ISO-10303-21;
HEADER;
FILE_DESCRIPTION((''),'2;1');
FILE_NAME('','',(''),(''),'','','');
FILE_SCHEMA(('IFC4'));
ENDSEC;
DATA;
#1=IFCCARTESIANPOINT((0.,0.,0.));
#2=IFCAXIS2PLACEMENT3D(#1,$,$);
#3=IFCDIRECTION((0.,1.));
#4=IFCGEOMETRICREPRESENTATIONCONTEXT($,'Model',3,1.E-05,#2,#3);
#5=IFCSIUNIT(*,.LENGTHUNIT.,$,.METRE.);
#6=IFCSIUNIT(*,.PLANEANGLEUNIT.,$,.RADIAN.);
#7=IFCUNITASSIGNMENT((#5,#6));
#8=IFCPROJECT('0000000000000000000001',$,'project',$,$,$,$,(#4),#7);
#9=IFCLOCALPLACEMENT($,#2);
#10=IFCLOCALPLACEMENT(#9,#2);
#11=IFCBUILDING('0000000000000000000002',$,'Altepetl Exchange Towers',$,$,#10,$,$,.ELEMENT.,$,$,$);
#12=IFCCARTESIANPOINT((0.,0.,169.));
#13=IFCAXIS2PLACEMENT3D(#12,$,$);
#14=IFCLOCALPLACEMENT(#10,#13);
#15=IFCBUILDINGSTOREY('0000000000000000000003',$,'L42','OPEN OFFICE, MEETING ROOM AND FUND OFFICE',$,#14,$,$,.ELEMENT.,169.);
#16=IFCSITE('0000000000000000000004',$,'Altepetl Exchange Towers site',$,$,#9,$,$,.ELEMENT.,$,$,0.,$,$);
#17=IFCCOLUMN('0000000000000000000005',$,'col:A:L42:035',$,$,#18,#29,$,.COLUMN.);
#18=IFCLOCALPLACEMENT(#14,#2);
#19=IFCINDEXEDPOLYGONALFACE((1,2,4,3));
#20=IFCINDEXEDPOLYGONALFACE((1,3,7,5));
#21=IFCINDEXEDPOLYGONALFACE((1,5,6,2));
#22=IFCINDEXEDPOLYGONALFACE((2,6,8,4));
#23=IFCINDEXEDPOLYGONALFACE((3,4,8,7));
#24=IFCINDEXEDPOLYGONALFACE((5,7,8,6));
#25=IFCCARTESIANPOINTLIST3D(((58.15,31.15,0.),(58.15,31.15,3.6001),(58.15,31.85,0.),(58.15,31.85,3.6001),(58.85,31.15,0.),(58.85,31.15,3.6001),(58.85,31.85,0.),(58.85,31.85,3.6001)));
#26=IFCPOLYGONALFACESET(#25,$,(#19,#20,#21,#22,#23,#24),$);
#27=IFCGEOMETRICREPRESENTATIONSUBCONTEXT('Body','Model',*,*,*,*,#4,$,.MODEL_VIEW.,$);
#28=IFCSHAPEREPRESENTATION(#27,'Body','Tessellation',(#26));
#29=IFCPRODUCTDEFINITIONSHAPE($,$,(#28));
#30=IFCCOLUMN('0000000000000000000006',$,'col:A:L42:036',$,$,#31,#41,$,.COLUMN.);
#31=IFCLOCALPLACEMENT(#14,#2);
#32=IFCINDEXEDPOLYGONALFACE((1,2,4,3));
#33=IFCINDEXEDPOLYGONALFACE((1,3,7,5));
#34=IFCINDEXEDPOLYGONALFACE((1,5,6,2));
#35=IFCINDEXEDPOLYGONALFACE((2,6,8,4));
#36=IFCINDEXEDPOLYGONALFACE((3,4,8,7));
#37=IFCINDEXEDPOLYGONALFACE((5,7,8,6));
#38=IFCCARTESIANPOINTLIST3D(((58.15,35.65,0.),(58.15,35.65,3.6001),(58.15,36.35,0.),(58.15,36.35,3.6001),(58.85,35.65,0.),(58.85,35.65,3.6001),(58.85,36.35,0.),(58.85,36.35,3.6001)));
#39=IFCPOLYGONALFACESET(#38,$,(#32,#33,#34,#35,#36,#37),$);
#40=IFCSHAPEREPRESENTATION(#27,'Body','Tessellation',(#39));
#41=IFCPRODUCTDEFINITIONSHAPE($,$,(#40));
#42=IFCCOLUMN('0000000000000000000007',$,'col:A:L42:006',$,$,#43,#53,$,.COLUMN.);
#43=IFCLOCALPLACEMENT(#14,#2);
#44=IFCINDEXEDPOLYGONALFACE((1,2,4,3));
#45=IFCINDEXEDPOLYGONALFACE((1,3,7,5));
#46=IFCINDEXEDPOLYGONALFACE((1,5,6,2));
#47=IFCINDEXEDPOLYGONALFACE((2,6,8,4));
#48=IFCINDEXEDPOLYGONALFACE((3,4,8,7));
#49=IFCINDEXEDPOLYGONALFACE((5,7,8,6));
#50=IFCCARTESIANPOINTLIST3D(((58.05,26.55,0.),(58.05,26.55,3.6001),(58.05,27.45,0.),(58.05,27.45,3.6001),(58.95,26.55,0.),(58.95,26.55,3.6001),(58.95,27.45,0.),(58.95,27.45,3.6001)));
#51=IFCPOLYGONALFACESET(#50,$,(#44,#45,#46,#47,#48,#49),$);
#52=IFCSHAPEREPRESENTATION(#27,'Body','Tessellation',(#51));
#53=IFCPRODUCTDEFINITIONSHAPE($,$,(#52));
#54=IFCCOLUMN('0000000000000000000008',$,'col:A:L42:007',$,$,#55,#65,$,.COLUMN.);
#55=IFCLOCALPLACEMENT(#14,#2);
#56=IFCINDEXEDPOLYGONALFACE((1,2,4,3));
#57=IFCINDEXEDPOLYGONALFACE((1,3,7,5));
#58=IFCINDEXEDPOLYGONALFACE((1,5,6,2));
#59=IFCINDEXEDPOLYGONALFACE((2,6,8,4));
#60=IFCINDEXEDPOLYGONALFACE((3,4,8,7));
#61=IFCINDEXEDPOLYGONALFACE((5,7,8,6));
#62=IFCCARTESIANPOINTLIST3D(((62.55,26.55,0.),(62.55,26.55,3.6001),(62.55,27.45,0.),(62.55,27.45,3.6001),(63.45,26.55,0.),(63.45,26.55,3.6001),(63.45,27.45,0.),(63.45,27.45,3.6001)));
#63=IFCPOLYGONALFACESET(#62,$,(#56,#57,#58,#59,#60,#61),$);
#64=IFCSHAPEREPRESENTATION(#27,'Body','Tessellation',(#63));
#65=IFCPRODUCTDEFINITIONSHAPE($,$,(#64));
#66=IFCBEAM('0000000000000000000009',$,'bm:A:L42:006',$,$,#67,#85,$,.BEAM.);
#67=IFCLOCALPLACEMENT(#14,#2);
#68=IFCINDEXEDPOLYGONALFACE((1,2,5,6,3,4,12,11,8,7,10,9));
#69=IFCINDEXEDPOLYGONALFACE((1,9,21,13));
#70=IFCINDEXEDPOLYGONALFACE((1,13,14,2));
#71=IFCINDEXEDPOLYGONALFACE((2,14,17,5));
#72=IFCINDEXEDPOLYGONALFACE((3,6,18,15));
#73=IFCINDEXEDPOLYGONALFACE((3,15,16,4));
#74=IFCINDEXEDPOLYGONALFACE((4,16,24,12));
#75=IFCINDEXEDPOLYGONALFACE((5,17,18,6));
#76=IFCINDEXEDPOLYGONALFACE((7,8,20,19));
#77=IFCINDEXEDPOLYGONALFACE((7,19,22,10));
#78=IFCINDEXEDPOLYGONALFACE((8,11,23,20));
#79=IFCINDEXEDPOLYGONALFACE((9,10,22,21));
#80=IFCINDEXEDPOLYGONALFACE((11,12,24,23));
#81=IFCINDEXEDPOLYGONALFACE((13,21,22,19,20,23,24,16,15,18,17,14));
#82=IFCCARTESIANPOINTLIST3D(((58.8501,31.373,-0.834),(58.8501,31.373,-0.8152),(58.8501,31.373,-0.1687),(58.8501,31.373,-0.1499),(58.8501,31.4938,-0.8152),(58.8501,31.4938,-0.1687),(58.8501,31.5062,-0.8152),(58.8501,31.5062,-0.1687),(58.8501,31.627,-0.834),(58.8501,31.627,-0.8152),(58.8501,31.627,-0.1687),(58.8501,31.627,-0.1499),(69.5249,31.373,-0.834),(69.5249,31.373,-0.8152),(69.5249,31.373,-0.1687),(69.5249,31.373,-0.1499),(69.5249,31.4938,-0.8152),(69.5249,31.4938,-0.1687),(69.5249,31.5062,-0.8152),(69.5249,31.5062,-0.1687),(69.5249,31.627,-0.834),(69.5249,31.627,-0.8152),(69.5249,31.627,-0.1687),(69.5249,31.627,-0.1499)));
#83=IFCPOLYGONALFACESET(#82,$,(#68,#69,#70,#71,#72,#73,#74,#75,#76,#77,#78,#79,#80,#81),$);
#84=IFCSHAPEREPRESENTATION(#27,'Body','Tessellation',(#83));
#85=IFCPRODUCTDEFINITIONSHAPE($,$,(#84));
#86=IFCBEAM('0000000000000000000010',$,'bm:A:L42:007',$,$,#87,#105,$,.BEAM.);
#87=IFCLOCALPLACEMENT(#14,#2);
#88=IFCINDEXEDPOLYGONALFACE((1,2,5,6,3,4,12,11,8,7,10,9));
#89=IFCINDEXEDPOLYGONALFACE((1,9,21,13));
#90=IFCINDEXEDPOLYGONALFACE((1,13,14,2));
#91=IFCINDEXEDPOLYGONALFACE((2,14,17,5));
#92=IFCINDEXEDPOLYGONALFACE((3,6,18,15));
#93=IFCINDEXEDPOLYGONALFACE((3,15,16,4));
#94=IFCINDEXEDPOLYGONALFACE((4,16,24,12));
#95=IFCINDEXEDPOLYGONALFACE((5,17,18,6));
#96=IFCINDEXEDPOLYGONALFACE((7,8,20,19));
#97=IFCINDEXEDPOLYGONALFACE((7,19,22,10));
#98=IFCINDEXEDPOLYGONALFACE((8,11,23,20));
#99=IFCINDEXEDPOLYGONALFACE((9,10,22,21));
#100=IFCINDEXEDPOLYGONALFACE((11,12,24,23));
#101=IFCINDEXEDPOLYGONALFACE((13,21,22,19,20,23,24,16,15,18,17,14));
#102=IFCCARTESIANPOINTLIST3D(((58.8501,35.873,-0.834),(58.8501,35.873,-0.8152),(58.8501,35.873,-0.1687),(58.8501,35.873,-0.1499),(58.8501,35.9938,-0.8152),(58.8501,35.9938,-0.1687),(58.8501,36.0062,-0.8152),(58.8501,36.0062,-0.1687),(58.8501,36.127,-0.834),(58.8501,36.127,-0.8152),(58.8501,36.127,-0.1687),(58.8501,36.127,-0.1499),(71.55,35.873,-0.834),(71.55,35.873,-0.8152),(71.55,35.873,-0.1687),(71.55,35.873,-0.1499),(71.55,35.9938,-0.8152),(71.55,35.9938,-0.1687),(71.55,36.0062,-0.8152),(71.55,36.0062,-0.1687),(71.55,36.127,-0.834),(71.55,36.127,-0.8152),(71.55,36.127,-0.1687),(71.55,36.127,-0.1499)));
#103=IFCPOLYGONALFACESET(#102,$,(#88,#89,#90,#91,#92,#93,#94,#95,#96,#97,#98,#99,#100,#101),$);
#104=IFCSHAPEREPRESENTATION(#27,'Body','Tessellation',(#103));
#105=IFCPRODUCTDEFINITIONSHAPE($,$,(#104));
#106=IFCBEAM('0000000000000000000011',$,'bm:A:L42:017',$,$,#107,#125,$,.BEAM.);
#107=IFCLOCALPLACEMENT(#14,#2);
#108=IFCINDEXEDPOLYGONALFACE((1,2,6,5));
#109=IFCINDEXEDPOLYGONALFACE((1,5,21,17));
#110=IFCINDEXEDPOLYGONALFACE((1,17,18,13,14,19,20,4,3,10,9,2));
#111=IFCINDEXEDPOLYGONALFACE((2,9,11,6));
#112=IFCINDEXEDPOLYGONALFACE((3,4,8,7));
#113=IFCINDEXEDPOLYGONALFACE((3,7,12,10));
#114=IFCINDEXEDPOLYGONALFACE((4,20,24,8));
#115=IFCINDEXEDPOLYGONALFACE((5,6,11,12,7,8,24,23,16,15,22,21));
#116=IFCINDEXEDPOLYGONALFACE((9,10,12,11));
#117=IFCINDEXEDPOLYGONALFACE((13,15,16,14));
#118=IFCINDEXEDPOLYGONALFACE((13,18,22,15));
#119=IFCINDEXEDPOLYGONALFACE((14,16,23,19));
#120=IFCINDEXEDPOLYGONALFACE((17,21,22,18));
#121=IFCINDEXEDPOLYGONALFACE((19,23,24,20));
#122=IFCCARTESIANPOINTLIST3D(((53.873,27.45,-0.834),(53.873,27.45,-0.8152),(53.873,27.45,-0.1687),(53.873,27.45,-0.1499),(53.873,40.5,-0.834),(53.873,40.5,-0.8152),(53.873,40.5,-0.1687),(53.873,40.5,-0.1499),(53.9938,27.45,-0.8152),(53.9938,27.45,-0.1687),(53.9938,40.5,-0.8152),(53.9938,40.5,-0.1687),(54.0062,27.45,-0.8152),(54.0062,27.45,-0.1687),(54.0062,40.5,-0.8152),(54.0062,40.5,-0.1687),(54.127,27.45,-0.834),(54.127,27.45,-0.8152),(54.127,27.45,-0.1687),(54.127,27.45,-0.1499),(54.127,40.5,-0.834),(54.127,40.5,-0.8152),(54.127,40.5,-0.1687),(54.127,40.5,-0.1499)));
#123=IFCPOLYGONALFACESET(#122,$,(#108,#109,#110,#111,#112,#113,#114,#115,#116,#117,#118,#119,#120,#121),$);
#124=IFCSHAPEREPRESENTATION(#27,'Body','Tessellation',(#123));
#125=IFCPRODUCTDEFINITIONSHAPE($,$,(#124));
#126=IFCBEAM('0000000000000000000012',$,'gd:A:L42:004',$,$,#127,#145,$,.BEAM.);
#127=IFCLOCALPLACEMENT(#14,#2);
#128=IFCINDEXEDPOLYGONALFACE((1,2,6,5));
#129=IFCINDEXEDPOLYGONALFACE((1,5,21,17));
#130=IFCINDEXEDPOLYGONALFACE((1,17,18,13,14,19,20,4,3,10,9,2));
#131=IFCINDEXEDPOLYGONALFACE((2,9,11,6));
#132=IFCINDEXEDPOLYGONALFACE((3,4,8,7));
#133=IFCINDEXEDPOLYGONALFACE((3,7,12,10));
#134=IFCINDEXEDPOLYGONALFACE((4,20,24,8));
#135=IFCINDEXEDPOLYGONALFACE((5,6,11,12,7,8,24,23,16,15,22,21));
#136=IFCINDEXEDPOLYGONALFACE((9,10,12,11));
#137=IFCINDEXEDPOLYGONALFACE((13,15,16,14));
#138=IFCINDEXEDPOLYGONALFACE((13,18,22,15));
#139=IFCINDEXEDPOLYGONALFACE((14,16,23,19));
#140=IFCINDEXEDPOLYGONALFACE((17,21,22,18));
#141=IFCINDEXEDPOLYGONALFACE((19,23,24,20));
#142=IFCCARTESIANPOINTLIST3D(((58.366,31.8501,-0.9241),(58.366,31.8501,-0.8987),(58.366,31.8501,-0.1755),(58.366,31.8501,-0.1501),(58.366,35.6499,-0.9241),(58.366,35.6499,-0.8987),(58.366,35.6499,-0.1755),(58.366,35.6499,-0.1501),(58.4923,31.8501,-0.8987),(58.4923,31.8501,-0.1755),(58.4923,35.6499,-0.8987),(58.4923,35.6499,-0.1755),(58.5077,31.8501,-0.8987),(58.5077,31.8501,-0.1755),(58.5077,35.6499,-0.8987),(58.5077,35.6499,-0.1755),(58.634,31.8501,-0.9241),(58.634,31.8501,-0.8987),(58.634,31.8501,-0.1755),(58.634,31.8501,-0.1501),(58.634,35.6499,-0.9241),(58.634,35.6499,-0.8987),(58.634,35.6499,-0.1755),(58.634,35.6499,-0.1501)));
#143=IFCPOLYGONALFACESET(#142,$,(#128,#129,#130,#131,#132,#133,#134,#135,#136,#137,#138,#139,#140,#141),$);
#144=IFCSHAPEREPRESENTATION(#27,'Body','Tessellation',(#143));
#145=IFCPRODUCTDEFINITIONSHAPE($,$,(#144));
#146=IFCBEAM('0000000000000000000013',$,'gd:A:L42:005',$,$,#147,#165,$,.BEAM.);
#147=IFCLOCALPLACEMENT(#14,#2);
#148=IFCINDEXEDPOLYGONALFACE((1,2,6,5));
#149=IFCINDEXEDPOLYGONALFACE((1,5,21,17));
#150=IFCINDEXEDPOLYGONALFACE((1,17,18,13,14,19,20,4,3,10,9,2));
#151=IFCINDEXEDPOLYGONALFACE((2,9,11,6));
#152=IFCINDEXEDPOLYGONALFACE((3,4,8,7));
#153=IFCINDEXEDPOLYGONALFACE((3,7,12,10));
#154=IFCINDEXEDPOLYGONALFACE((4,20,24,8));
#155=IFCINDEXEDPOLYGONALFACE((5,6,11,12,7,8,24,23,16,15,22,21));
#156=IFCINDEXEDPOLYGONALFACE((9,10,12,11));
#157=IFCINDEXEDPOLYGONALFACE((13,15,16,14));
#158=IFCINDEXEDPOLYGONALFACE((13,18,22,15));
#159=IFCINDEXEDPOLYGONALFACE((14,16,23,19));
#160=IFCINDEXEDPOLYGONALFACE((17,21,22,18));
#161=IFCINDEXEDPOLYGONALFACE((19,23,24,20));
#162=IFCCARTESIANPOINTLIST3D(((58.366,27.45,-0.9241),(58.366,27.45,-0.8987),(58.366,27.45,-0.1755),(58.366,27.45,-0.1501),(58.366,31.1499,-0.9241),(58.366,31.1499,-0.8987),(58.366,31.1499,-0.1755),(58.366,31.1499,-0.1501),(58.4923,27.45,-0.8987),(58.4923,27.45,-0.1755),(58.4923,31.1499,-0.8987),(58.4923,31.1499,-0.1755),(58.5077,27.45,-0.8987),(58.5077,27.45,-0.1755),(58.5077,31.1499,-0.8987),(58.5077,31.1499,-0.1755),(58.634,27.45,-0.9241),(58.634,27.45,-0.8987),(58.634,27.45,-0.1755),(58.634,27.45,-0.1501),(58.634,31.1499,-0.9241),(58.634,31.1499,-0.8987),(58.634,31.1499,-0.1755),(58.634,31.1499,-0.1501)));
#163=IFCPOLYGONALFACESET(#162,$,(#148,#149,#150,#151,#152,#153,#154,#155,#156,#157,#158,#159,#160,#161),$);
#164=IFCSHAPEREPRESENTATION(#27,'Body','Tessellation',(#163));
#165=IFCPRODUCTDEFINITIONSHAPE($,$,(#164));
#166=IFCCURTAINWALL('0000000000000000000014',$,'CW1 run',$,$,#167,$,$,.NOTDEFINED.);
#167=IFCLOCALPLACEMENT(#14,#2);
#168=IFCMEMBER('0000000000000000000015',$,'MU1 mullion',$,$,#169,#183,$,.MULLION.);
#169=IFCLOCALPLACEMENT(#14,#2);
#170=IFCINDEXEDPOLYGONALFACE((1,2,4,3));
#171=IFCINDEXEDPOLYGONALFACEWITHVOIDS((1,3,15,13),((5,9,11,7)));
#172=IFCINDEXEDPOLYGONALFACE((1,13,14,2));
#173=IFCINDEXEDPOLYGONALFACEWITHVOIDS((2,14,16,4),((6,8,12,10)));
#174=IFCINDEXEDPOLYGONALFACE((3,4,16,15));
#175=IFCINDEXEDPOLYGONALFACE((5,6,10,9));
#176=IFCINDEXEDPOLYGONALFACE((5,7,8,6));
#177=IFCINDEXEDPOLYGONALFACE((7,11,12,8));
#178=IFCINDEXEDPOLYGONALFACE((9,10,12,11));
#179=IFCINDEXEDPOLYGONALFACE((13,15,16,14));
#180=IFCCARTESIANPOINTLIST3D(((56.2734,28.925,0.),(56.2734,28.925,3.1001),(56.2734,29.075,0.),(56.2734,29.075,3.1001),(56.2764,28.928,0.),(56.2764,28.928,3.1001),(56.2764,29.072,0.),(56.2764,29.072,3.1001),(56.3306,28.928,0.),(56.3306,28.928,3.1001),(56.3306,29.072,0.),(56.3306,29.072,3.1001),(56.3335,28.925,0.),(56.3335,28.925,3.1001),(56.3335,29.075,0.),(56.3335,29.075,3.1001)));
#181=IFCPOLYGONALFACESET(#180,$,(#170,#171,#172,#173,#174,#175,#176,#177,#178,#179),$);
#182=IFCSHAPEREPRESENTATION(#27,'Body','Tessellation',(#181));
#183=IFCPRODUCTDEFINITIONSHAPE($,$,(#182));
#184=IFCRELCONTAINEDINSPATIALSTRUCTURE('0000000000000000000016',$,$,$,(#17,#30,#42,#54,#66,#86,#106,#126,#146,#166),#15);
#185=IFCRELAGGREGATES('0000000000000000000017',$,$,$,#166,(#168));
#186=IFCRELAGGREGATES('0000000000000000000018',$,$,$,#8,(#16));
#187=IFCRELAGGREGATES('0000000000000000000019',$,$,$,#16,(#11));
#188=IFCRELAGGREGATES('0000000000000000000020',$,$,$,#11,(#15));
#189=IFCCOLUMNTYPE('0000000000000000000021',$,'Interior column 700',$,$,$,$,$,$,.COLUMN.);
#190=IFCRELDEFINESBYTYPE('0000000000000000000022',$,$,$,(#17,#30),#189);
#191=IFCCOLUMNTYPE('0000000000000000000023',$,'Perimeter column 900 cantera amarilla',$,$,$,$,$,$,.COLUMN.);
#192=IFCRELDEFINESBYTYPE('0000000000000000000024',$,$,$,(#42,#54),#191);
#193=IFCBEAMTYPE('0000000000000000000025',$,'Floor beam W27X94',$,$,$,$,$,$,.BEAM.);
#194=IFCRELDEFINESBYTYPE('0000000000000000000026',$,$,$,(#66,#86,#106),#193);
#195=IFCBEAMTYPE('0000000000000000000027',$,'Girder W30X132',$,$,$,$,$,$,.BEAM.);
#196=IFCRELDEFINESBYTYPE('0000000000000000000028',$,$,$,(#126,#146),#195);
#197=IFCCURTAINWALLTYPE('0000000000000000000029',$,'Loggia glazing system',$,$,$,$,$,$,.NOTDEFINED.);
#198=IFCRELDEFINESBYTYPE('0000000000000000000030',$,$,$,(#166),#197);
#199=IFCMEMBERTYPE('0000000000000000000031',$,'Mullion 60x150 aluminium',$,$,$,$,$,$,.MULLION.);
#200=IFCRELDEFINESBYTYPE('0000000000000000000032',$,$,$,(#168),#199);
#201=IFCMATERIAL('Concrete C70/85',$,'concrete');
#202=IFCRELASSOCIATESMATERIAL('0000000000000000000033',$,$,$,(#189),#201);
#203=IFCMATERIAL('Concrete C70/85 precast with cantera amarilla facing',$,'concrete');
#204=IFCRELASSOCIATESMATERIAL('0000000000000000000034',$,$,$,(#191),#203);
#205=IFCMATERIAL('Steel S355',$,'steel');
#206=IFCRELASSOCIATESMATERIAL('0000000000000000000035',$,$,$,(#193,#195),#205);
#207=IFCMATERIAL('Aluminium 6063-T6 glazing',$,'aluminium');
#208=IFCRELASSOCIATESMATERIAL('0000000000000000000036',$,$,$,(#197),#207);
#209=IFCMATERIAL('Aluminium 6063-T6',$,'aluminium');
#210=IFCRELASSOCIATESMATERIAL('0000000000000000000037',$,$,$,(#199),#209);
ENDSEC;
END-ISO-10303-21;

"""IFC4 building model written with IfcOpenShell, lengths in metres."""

from ifc_helpers import new_model, si_unit, direction, frame, origin, origin_2d, place, context, subcontext, project, spatial, rectangle, hollow_rectangle, i_section, extrude, material, material_profile, profile_set, type_object, element, aggregate, save


model = new_model("IFC4")

# Units and contexts
model_context = context("Model", 3, precision=1e-05, world=origin(), true_north=direction((0.0, 1.0)))
body_context = subcontext(model_context, "Body", "Model", "MODEL_VIEW")
ifc_project = project(units=[si_unit("LENGTHUNIT", "METRE"), si_unit("PLANEANGLEUNIT", "RADIAN")], contexts=[model_context])

# Site, building, storey
site_placement = place(None, origin())
site = spatial("IfcSite", under=ifc_project, at=site_placement, Name="Altepetl Exchange Towers site", CompositionType="ELEMENT", RefElevation=0.0)
building_placement = place(site_placement, origin())
building = spatial("IfcBuilding", under=site, at=building_placement, Name="Altepetl Exchange Towers", CompositionType="ELEMENT")
storey_placement = place(building_placement, frame((0.0, 0.0, 169.0)))
storey = spatial("IfcBuildingStorey", under=building, at=storey_placement, Name="L42", Description="OPEN OFFICE, MEETING ROOM AND FUND OFFICE", CompositionType="ELEMENT", Elevation=169.0)

# Columns
ifc_material_1 = material(Name="Concrete C70/85", Category="concrete")
ifc_material_profile_1 = material_profile(ifc_material_1, rectangle(XDim=0.7, YDim=0.7, at=origin_2d()), Name="700 x 700")
ifc_profile_set_1 = profile_set([ifc_material_profile_1], Name="Concrete C70/85")
column_type_1 = type_object("IfcColumnType", Name="Interior column 700", PredefinedType="COLUMN", material=ifc_profile_set_1)
for number, where, name in (
    (1, (58.5, 31.5, 0.0), "col:A:L42:035"),
    (2, (58.5, 36.0, 0.0), "col:A:L42:036"),
):
    element("IfcColumn", number, at=place(storey_placement, frame(where)), inside=storey, type_object=column_type_1, Name=name, PredefinedType="COLUMN", context=body_context, shape_type="SweptSolid", body=[
        extrude(rectangle(XDim=0.7, YDim=0.7, at=origin_2d()), origin(), (0.0, 0.0, 1.0), 3.6001),
    ])
ifc_material_2 = material(Name="Concrete C70/85 precast with cantera amarilla facing", Category="concrete")
ifc_material_profile_2 = material_profile(ifc_material_2, rectangle(XDim=0.8999, YDim=0.8999, at=origin_2d()), Name="900 x 900")
ifc_profile_set_2 = profile_set([ifc_material_profile_2], Name="Concrete C70/85 precast with cantera amarilla facing")
column_type_2 = type_object("IfcColumnType", Name="Perimeter column 900 cantera amarilla", PredefinedType="COLUMN", material=ifc_profile_set_2)
for number, where, name in (
    (3, (58.5, 27.0, 0.0), "col:A:L42:006"),
    (4, (63.0, 27.0, 0.0), "col:A:L42:007"),
):
    element("IfcColumn", number, at=place(storey_placement, frame(where)), inside=storey, type_object=column_type_2, Name=name, PredefinedType="COLUMN", context=body_context, shape_type="SweptSolid", body=[
        extrude(rectangle(XDim=0.8999, YDim=0.8999, at=origin_2d()), origin(), (0.0, 0.0, 1.0), 3.6001),
    ])

# Beams
ifc_material_3 = material(Name="Steel S355", Category="steel")
ifc_material_profile_3 = material_profile(ifc_material_3, i_section(OverallWidth=0.2539, OverallDepth=0.6841, WebThickness=0.0125, FlangeThickness=0.0188, at=origin_2d()), Name="W27X94")
ifc_profile_set_3 = profile_set([ifc_material_profile_3], Name="Steel S355")
beam_type_1 = type_object("IfcBeamType", Name="Floor beam W27X94", PredefinedType="BEAM", material=ifc_profile_set_3)
beam_1_placement = place(storey_placement, frame((58.8501, 31.5, -0.4919), z_axis=(1.0, 0.0, 0.0), x_axis=(0.0, 1.0, 0.0)))
element("IfcBeam", 5, at=beam_1_placement, inside=storey, type_object=beam_type_1, Name="bm:A:L42:006", PredefinedType="BEAM", context=body_context, shape_type="SweptSolid", body=[
    extrude(i_section(OverallWidth=0.2539, OverallDepth=0.6841, WebThickness=0.0125, FlangeThickness=0.0188, at=origin_2d()), origin(), (0.0, 0.0, 1.0), 10.6748),
])
beam_2_placement = place(storey_placement, frame((58.8501, 36.0, -0.4919), z_axis=(1.0, 0.0, 0.0), x_axis=(0.0, 1.0, 0.0)))
element("IfcBeam", 6, at=beam_2_placement, inside=storey, type_object=beam_type_1, Name="bm:A:L42:007", PredefinedType="BEAM", context=body_context, shape_type="SweptSolid", body=[
    extrude(i_section(OverallWidth=0.2539, OverallDepth=0.6841, WebThickness=0.0125, FlangeThickness=0.0188, at=origin_2d()), origin(), (0.0, 0.0, 1.0), 12.7),
])
beam_3_placement = place(storey_placement, frame((54.0, 27.45, -0.4919), z_axis=(0.0, 1.0, 0.0), x_axis=(-1.0, 0.0, 0.0)))
element("IfcBeam", 7, at=beam_3_placement, inside=storey, type_object=beam_type_1, Name="bm:A:L42:017", PredefinedType="BEAM", context=body_context, shape_type="SweptSolid", body=[
    extrude(i_section(OverallWidth=0.2539, OverallDepth=0.6841, WebThickness=0.0125, FlangeThickness=0.0188, at=origin_2d()), origin(), (0.0, 0.0, 1.0), 13.05),
])
ifc_material_profile_4 = material_profile(ifc_material_3, i_section(OverallWidth=0.2681, OverallDepth=0.7739, WebThickness=0.0154, FlangeThickness=0.0254, at=origin_2d()), Name="W30X132")
ifc_profile_set_4 = profile_set([ifc_material_profile_4], Name="Steel S355")
beam_type_2 = type_object("IfcBeamType", Name="Girder W30X132", PredefinedType="BEAM", material=ifc_profile_set_4)
beam_4_placement = place(storey_placement, frame((58.5, 35.6499, -0.5371), z_axis=(0.0, -1.0, 0.0), x_axis=(1.0, 0.0, 0.0)))
element("IfcBeam", 8, at=beam_4_placement, inside=storey, type_object=beam_type_2, Name="gd:A:L42:004", PredefinedType="BEAM", context=body_context, shape_type="SweptSolid", body=[
    extrude(i_section(OverallWidth=0.2681, OverallDepth=0.7739, WebThickness=0.0154, FlangeThickness=0.0254, at=origin_2d()), origin(), (0.0, 0.0, 1.0), 3.7998),
])
beam_5_placement = place(storey_placement, frame((58.5, 31.1499, -0.5371), z_axis=(0.0, -1.0, 0.0), x_axis=(1.0, 0.0, 0.0)))
element("IfcBeam", 9, at=beam_5_placement, inside=storey, type_object=beam_type_2, Name="gd:A:L42:005", PredefinedType="BEAM", context=body_context, shape_type="SweptSolid", body=[
    extrude(i_section(OverallWidth=0.2681, OverallDepth=0.7739, WebThickness=0.0154, FlangeThickness=0.0254, at=origin_2d()), origin(), (0.0, 0.0, 1.0), 3.7),
])

# Curtain wall, member
ifc_material_4 = material(Name="Aluminium 6063-T6 glazing", Category="aluminium")
curtain_wall_type = type_object("IfcCurtainWallType", Name="Loggia glazing system", PredefinedType="NOTDEFINED", material=ifc_material_4)
curtain_wall_1_placement = place(storey_placement, origin())
curtain_wall_1 = element("IfcCurtainWall", 10, at=curtain_wall_1_placement, inside=storey, type_object=curtain_wall_type, Name="CW1 run", PredefinedType="NOTDEFINED")
ifc_material_5 = material(Name="Aluminium 6063-T6", Category="aluminium")
ifc_material_profile_5 = material_profile(ifc_material_5, hollow_rectangle(XDim=0.0601, YDim=0.1499, WallThickness=0.0029, at=origin_2d()), Name="Mullion 60x150 aluminium")
ifc_profile_set_5 = profile_set([ifc_material_profile_5], Name="Aluminium 6063-T6")
member_type = type_object("IfcMemberType", Name="Mullion 60x150 aluminium", PredefinedType="MULLION", material=ifc_profile_set_5)
member_1_placement = place(storey_placement, frame((56.3035, 29.0, 0.0)))
member_1 = element("IfcMember", 11, at=member_1_placement, type_object=member_type, Name="MU1 mullion", PredefinedType="MULLION", context=body_context, shape_type="SweptSolid", body=[
    extrude(hollow_rectangle(XDim=0.0601, YDim=0.1499, WallThickness=0.0029, at=origin_2d()), origin(), (0.0, 0.0, 1.0), 3.1001),
])

aggregate(curtain_wall_1, [member_1])

save(model, "model.ifc")
